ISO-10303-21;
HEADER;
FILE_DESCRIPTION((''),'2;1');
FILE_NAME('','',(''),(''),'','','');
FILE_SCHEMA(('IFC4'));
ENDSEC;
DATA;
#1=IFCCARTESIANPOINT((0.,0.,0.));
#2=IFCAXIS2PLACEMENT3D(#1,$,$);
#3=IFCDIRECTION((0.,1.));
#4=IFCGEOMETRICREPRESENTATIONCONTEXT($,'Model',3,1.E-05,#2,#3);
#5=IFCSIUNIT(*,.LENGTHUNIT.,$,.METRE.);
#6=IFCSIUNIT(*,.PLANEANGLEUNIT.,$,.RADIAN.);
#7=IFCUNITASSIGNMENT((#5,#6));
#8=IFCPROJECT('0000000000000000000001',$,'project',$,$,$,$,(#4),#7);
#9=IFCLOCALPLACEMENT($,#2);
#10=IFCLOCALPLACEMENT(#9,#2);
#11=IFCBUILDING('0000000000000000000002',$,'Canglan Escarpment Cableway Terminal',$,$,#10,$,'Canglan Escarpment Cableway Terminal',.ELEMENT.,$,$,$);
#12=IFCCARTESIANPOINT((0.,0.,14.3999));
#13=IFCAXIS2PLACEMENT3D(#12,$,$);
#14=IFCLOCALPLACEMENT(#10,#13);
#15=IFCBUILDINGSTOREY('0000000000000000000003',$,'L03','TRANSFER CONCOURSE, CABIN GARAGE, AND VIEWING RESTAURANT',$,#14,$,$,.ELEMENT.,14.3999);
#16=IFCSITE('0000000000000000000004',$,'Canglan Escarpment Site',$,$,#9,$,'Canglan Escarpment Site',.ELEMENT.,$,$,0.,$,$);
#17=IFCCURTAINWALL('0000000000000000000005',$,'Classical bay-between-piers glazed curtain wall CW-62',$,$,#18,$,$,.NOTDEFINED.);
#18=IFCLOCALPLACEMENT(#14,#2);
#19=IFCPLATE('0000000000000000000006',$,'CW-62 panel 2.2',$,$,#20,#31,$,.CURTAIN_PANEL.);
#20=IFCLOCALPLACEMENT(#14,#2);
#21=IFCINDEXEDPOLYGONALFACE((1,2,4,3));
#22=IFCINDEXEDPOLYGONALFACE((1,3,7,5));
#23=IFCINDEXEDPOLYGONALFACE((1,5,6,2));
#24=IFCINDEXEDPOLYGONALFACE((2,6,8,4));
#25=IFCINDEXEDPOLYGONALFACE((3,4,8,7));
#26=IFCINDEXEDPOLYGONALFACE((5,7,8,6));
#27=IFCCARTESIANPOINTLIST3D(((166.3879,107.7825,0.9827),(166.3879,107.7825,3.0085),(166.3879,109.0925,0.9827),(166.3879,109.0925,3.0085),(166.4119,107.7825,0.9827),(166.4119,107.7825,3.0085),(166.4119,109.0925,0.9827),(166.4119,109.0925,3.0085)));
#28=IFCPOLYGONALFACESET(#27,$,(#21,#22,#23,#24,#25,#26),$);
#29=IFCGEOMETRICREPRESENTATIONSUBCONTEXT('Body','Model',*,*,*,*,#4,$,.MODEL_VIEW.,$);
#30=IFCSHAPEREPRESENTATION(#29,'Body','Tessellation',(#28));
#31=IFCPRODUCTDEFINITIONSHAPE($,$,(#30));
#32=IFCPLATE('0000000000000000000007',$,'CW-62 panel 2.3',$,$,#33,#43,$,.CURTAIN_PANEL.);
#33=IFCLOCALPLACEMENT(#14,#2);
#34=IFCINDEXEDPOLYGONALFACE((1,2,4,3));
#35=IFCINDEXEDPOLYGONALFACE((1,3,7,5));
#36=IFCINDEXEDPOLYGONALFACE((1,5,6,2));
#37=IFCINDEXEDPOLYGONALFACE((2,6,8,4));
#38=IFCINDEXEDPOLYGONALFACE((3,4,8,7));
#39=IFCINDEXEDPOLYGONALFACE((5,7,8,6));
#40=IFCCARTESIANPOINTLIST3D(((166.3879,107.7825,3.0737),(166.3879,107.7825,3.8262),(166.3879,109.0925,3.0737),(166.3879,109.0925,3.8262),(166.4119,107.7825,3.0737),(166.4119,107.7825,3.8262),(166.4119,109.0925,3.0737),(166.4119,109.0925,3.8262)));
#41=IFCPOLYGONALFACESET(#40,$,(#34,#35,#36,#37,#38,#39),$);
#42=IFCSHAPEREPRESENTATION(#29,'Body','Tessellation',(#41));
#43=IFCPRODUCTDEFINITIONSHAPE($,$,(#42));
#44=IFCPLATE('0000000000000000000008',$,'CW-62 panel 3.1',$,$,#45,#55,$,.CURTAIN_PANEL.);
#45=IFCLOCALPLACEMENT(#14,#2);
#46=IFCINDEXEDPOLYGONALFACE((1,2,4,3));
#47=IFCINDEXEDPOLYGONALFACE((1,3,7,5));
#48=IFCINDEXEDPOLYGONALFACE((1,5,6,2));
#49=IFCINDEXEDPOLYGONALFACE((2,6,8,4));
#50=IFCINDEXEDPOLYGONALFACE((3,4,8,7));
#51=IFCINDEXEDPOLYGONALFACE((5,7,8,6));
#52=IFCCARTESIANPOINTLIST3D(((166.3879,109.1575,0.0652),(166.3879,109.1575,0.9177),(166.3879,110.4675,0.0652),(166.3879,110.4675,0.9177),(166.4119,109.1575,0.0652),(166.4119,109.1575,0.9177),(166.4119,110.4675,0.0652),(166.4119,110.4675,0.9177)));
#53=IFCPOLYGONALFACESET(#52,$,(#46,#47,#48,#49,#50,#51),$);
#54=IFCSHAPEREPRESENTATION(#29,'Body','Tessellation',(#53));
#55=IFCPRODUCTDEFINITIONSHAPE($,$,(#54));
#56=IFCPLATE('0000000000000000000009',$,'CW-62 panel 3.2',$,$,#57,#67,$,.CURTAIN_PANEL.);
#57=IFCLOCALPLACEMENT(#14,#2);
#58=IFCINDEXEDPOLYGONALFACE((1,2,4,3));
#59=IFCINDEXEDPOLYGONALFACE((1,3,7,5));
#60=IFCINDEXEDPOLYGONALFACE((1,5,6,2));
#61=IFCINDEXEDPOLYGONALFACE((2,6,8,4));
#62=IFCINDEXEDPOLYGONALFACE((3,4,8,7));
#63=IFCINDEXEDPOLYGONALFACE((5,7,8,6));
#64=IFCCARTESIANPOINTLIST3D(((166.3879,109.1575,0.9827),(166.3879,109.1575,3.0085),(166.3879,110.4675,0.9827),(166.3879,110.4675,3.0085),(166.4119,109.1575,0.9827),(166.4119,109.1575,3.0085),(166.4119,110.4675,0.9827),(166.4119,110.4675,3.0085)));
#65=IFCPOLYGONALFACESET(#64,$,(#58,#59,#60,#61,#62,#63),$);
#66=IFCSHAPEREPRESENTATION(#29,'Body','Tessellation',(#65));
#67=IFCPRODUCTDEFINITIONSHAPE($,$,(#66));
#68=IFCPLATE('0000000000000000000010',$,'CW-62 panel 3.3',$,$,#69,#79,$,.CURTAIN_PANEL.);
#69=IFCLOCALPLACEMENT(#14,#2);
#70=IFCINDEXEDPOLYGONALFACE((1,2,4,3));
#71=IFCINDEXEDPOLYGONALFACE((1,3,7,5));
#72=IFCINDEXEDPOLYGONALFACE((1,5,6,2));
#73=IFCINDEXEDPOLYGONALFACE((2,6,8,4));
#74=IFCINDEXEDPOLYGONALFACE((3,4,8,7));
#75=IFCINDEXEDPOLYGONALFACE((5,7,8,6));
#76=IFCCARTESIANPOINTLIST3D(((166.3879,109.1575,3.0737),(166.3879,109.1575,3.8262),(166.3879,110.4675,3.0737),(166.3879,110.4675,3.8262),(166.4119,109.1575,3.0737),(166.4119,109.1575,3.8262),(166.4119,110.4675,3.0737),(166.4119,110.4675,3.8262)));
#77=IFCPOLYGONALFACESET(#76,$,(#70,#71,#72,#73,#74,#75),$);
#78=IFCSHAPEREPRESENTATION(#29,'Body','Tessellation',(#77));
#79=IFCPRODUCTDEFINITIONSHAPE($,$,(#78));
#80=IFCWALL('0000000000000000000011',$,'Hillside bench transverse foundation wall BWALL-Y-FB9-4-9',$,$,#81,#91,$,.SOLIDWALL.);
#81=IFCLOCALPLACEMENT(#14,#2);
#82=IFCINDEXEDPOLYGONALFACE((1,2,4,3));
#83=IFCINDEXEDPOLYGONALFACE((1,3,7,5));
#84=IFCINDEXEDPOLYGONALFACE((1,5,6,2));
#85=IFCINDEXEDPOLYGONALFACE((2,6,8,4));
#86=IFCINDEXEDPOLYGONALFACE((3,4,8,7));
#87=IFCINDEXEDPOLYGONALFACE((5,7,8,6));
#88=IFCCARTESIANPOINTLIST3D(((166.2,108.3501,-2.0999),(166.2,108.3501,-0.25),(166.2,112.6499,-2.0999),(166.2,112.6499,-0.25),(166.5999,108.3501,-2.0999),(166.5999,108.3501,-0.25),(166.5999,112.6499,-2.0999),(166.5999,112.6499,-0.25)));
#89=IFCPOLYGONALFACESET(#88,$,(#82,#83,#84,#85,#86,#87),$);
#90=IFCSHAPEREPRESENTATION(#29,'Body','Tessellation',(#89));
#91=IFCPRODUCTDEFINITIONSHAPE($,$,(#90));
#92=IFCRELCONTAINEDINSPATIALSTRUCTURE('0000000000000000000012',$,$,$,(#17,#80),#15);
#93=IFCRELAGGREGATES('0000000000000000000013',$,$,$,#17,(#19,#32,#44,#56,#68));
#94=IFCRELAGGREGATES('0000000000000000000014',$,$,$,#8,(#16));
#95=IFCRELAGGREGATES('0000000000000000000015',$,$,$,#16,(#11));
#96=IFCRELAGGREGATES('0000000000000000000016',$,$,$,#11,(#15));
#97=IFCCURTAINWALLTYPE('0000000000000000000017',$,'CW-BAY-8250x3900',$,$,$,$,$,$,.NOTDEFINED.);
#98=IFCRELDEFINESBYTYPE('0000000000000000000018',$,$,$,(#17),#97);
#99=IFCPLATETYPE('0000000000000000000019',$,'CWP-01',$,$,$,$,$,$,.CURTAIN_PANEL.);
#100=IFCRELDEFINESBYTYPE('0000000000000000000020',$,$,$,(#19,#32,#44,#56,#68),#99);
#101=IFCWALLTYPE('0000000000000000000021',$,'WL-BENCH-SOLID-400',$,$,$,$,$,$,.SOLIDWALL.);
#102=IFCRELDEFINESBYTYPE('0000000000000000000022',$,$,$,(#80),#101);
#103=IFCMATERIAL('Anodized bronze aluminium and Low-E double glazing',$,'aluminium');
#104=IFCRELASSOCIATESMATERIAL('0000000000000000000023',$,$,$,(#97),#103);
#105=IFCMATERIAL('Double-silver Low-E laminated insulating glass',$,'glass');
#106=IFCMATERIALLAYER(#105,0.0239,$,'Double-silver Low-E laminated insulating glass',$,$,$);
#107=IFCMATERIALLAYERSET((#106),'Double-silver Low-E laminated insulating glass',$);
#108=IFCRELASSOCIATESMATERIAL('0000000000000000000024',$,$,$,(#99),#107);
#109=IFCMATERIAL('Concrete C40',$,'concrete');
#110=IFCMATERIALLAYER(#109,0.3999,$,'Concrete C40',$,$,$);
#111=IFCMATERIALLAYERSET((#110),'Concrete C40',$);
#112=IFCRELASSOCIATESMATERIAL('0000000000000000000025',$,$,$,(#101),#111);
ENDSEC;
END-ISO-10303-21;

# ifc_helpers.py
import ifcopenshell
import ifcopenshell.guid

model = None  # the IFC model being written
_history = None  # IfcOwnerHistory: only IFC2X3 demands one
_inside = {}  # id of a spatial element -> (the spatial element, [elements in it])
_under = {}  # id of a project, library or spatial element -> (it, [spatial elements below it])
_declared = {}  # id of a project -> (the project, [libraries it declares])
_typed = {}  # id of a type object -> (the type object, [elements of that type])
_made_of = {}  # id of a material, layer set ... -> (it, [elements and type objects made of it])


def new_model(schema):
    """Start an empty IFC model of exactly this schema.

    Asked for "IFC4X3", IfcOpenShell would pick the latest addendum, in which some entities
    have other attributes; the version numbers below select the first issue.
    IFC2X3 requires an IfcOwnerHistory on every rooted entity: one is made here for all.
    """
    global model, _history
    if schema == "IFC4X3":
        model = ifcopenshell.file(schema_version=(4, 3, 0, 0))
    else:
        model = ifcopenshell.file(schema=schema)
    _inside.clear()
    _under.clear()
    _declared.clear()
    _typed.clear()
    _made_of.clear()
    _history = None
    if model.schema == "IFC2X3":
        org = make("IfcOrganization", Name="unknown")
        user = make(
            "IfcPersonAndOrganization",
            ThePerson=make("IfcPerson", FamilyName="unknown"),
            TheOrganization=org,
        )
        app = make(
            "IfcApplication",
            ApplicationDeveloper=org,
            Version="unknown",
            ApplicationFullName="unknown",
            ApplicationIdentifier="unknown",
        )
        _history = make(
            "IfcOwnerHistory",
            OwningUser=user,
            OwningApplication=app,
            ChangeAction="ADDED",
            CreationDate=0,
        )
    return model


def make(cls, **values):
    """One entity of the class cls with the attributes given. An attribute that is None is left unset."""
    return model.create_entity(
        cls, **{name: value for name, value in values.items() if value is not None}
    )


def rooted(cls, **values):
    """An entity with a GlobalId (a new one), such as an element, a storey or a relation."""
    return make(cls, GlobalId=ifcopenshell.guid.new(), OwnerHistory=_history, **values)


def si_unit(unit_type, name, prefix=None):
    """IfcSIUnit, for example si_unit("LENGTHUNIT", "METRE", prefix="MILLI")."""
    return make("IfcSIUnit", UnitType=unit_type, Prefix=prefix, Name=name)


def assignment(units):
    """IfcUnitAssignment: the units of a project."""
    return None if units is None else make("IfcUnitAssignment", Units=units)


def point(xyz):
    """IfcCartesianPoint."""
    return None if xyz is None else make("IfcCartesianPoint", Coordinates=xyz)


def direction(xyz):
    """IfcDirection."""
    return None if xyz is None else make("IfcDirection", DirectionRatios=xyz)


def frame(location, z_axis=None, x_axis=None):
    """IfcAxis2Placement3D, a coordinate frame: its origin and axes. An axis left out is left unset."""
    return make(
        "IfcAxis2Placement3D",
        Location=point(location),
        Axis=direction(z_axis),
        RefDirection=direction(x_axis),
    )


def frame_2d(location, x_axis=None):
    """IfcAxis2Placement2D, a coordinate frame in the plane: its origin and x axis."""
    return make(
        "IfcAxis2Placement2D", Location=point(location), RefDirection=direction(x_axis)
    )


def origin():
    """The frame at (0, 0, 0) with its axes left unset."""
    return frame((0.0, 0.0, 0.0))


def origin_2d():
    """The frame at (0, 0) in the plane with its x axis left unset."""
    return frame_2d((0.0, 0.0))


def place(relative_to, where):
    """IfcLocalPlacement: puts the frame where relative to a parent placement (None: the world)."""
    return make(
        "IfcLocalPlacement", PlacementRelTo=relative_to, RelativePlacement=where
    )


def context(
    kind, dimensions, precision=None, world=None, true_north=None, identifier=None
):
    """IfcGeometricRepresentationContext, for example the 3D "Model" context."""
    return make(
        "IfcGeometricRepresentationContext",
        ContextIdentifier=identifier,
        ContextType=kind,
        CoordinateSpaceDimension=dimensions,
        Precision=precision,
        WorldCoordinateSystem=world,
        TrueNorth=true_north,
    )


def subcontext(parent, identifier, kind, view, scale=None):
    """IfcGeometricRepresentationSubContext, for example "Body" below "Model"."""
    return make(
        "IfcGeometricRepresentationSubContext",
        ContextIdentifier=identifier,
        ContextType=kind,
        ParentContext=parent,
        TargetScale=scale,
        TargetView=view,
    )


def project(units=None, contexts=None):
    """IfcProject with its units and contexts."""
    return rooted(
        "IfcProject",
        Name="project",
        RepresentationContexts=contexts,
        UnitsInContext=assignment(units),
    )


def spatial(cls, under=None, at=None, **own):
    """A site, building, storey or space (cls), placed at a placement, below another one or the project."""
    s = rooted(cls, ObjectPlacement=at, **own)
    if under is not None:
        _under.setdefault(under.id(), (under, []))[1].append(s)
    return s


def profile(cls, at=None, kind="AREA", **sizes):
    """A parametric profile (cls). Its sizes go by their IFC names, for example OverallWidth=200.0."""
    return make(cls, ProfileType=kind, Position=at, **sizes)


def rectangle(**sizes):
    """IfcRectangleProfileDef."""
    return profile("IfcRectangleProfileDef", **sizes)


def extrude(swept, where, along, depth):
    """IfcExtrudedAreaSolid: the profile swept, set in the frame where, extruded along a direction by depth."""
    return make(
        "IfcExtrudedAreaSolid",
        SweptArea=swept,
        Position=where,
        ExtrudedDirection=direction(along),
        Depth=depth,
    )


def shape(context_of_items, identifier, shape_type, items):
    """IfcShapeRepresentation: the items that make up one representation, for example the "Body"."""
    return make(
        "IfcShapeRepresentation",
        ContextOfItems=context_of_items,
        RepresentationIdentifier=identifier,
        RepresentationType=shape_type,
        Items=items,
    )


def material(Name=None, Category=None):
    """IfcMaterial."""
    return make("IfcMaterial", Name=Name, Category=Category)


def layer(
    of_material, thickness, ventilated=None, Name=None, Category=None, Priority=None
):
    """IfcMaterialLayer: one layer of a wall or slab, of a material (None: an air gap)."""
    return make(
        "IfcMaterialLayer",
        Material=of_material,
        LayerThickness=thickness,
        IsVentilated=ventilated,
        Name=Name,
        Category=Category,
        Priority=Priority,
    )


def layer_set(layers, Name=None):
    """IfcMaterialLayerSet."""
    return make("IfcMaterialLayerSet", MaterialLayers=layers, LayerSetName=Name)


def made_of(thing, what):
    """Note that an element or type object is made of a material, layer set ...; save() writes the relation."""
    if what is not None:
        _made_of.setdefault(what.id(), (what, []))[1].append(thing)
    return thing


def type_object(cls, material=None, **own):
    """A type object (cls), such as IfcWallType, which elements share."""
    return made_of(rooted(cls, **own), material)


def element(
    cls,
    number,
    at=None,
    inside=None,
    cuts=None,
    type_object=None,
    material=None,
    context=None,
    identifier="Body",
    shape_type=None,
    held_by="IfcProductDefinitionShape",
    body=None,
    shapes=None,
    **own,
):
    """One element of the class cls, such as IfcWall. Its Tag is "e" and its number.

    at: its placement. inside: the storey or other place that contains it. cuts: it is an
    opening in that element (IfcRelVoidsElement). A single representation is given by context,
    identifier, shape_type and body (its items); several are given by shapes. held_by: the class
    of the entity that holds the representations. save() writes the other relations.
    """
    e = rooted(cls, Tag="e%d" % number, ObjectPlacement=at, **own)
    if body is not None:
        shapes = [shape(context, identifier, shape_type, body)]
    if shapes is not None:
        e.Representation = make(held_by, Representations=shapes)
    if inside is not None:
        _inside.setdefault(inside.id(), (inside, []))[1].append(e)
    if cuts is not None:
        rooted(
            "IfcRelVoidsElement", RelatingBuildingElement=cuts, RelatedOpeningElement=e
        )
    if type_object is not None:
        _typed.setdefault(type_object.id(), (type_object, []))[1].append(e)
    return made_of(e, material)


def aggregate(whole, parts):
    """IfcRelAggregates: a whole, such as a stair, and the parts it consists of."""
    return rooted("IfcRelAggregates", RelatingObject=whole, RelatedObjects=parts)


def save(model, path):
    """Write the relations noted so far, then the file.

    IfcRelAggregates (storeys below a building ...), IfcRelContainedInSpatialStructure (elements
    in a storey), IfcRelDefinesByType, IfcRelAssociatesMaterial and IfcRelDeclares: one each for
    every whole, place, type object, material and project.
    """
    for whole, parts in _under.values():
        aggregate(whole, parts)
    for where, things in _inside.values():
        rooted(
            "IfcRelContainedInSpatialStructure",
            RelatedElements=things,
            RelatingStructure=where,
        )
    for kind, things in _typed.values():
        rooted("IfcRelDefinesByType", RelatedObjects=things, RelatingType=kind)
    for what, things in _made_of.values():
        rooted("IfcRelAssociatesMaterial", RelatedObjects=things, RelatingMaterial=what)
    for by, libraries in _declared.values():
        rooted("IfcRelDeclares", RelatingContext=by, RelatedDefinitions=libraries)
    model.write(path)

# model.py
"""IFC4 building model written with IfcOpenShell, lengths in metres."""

from ifc_helpers import new_model, si_unit, direction, frame, frame_2d, origin, origin_2d, place, context, subcontext, project, spatial, rectangle, extrude, material, layer, layer_set, type_object, element, aggregate, save


model = new_model("IFC4")

# Units and contexts
model_context = context("Model", 3, precision=1e-05, world=origin(), true_north=direction((0.0, 1.0)))
body_context = subcontext(model_context, "Body", "Model", "MODEL_VIEW")
ifc_project = project(units=[si_unit("LENGTHUNIT", "METRE"), si_unit("PLANEANGLEUNIT", "RADIAN")], contexts=[model_context])

# Site, building, storey
site_placement = place(None, origin())
site = spatial("IfcSite", under=ifc_project, at=site_placement, Name="Canglan Escarpment Site", LongName="Canglan Escarpment Site", CompositionType="ELEMENT", RefElevation=0.0)
building_placement = place(site_placement, origin())
building = spatial("IfcBuilding", under=site, at=building_placement, Name="Canglan Escarpment Cableway Terminal", LongName="Canglan Escarpment Cableway Terminal", CompositionType="ELEMENT")
storey_placement = place(building_placement, frame((0.0, 0.0, 14.3999)))
storey = spatial("IfcBuildingStorey", under=building, at=storey_placement, Name="L03", Description="TRANSFER CONCOURSE, CABIN GARAGE, AND VIEWING RESTAURANT", CompositionType="ELEMENT", Elevation=14.3999)

# Shared definitions
ifc_material_1 = material(Name="Concrete C40", Category="concrete")

# Curtain wall, plates
ifc_material_2 = material(Name="Anodized bronze aluminium and Low-E double glazing", Category="aluminium")
curtain_wall_type = type_object("IfcCurtainWallType", Name="CW-BAY-8250x3900", PredefinedType="NOTDEFINED", material=ifc_material_2)
curtain_wall_placement = place(storey_placement, origin())
curtain_wall = element("IfcCurtainWall", 1, at=curtain_wall_placement, inside=storey, type_object=curtain_wall_type, Name="Classical bay-between-piers glazed curtain wall CW-62", PredefinedType="NOTDEFINED")
ifc_material_3 = material(Name="Double-silver Low-E laminated insulating glass", Category="glass")
ifc_layer_1 = layer(ifc_material_3, 0.0239, Name="Double-silver Low-E laminated insulating glass")
ifc_layer_set_1 = layer_set([ifc_layer_1], Name="Double-silver Low-E laminated insulating glass")
plate_type = type_object("IfcPlateType", Name="CWP-01", PredefinedType="CURTAIN_PANEL", material=ifc_layer_set_1)
plate_1_placement = place(storey_placement, frame((166.3999, 108.4375, 0.9827), z_axis=(0.0, 0.0, 1.0), x_axis=(0.0, 1.0, 0.0)))
plate_1 = element("IfcPlate", 2, at=plate_1_placement, type_object=plate_type, Name="CW-62 panel 2.2", PredefinedType="CURTAIN_PANEL", context=body_context, shape_type="SweptSolid", body=[
    extrude(rectangle(XDim=1.3101, YDim=0.0239, at=origin_2d()), origin(), (0.0, 0.0, 1.0), 2.0259),
])
plate_2_placement = place(storey_placement, frame((166.3999, 108.4375, 3.0737), z_axis=(0.0, 0.0, 1.0), x_axis=(0.0, 1.0, 0.0)))
plate_2 = element("IfcPlate", 3, at=plate_2_placement, type_object=plate_type, Name="CW-62 panel 2.3", PredefinedType="CURTAIN_PANEL", context=body_context, shape_type="SweptSolid", body=[
    extrude(rectangle(XDim=1.3101, YDim=0.0239, at=origin_2d()), origin(), (0.0, 0.0, 1.0), 0.7524),
])
plate_3_placement = place(storey_placement, frame((166.3999, 109.8125, 0.0652), z_axis=(0.0, 0.0, 1.0), x_axis=(0.0, 1.0, 0.0)))
plate_3 = element("IfcPlate", 4, at=plate_3_placement, type_object=plate_type, Name="CW-62 panel 3.1", PredefinedType="CURTAIN_PANEL", context=body_context, shape_type="SweptSolid", body=[
    extrude(rectangle(XDim=1.3101, YDim=0.0239, at=origin_2d()), origin(), (0.0, 0.0, 1.0), 0.8525),
])
plate_4_placement = place(storey_placement, frame((166.3999, 109.8125, 0.9827), z_axis=(0.0, 0.0, 1.0), x_axis=(0.0, 1.0, 0.0)))
plate_4 = element("IfcPlate", 5, at=plate_4_placement, type_object=plate_type, Name="CW-62 panel 3.2", PredefinedType="CURTAIN_PANEL", context=body_context, shape_type="SweptSolid", body=[
    extrude(rectangle(XDim=1.3101, YDim=0.0239, at=origin_2d()), origin(), (0.0, 0.0, 1.0), 2.0259),
])
plate_5_placement = place(storey_placement, frame((166.3999, 109.8125, 3.0737), z_axis=(0.0, 0.0, 1.0), x_axis=(0.0, 1.0, 0.0)))
plate_5 = element("IfcPlate", 6, at=plate_5_placement, type_object=plate_type, Name="CW-62 panel 3.3", PredefinedType="CURTAIN_PANEL", context=body_context, shape_type="SweptSolid", body=[
    extrude(rectangle(XDim=1.3101, YDim=0.0239, at=origin_2d()), origin(), (0.0, 0.0, 1.0), 0.7524),
])
aggregate(curtain_wall, [plate_1, plate_2, plate_3, plate_4, plate_5])

# Wall
ifc_layer_2 = layer(ifc_material_1, 0.3999, Name="Concrete C40")
ifc_layer_set_2 = layer_set([ifc_layer_2], Name="Concrete C40")
wall_type = type_object("IfcWallType", Name="WL-BENCH-SOLID-400", PredefinedType="SOLIDWALL", material=ifc_layer_set_2)
wall_placement = place(storey_placement, frame((166.3999, 108.3501, -2.0999), z_axis=(0.0, 0.0, 1.0), x_axis=(0.0, 1.0, 0.0)))
element("IfcWall", 7, at=wall_placement, inside=storey, type_object=wall_type, Name="Hillside bench transverse foundation wall BWALL-Y-FB9-4-9", PredefinedType="SOLIDWALL", context=body_context, shape_type="SweptSolid", body=[
    extrude(rectangle(XDim=4.2998, YDim=0.3999, at=frame_2d((2.1499, 0.0))), origin(), (0.0, 0.0, 1.0), 1.8499),
])

save(model, "model.ifc")
